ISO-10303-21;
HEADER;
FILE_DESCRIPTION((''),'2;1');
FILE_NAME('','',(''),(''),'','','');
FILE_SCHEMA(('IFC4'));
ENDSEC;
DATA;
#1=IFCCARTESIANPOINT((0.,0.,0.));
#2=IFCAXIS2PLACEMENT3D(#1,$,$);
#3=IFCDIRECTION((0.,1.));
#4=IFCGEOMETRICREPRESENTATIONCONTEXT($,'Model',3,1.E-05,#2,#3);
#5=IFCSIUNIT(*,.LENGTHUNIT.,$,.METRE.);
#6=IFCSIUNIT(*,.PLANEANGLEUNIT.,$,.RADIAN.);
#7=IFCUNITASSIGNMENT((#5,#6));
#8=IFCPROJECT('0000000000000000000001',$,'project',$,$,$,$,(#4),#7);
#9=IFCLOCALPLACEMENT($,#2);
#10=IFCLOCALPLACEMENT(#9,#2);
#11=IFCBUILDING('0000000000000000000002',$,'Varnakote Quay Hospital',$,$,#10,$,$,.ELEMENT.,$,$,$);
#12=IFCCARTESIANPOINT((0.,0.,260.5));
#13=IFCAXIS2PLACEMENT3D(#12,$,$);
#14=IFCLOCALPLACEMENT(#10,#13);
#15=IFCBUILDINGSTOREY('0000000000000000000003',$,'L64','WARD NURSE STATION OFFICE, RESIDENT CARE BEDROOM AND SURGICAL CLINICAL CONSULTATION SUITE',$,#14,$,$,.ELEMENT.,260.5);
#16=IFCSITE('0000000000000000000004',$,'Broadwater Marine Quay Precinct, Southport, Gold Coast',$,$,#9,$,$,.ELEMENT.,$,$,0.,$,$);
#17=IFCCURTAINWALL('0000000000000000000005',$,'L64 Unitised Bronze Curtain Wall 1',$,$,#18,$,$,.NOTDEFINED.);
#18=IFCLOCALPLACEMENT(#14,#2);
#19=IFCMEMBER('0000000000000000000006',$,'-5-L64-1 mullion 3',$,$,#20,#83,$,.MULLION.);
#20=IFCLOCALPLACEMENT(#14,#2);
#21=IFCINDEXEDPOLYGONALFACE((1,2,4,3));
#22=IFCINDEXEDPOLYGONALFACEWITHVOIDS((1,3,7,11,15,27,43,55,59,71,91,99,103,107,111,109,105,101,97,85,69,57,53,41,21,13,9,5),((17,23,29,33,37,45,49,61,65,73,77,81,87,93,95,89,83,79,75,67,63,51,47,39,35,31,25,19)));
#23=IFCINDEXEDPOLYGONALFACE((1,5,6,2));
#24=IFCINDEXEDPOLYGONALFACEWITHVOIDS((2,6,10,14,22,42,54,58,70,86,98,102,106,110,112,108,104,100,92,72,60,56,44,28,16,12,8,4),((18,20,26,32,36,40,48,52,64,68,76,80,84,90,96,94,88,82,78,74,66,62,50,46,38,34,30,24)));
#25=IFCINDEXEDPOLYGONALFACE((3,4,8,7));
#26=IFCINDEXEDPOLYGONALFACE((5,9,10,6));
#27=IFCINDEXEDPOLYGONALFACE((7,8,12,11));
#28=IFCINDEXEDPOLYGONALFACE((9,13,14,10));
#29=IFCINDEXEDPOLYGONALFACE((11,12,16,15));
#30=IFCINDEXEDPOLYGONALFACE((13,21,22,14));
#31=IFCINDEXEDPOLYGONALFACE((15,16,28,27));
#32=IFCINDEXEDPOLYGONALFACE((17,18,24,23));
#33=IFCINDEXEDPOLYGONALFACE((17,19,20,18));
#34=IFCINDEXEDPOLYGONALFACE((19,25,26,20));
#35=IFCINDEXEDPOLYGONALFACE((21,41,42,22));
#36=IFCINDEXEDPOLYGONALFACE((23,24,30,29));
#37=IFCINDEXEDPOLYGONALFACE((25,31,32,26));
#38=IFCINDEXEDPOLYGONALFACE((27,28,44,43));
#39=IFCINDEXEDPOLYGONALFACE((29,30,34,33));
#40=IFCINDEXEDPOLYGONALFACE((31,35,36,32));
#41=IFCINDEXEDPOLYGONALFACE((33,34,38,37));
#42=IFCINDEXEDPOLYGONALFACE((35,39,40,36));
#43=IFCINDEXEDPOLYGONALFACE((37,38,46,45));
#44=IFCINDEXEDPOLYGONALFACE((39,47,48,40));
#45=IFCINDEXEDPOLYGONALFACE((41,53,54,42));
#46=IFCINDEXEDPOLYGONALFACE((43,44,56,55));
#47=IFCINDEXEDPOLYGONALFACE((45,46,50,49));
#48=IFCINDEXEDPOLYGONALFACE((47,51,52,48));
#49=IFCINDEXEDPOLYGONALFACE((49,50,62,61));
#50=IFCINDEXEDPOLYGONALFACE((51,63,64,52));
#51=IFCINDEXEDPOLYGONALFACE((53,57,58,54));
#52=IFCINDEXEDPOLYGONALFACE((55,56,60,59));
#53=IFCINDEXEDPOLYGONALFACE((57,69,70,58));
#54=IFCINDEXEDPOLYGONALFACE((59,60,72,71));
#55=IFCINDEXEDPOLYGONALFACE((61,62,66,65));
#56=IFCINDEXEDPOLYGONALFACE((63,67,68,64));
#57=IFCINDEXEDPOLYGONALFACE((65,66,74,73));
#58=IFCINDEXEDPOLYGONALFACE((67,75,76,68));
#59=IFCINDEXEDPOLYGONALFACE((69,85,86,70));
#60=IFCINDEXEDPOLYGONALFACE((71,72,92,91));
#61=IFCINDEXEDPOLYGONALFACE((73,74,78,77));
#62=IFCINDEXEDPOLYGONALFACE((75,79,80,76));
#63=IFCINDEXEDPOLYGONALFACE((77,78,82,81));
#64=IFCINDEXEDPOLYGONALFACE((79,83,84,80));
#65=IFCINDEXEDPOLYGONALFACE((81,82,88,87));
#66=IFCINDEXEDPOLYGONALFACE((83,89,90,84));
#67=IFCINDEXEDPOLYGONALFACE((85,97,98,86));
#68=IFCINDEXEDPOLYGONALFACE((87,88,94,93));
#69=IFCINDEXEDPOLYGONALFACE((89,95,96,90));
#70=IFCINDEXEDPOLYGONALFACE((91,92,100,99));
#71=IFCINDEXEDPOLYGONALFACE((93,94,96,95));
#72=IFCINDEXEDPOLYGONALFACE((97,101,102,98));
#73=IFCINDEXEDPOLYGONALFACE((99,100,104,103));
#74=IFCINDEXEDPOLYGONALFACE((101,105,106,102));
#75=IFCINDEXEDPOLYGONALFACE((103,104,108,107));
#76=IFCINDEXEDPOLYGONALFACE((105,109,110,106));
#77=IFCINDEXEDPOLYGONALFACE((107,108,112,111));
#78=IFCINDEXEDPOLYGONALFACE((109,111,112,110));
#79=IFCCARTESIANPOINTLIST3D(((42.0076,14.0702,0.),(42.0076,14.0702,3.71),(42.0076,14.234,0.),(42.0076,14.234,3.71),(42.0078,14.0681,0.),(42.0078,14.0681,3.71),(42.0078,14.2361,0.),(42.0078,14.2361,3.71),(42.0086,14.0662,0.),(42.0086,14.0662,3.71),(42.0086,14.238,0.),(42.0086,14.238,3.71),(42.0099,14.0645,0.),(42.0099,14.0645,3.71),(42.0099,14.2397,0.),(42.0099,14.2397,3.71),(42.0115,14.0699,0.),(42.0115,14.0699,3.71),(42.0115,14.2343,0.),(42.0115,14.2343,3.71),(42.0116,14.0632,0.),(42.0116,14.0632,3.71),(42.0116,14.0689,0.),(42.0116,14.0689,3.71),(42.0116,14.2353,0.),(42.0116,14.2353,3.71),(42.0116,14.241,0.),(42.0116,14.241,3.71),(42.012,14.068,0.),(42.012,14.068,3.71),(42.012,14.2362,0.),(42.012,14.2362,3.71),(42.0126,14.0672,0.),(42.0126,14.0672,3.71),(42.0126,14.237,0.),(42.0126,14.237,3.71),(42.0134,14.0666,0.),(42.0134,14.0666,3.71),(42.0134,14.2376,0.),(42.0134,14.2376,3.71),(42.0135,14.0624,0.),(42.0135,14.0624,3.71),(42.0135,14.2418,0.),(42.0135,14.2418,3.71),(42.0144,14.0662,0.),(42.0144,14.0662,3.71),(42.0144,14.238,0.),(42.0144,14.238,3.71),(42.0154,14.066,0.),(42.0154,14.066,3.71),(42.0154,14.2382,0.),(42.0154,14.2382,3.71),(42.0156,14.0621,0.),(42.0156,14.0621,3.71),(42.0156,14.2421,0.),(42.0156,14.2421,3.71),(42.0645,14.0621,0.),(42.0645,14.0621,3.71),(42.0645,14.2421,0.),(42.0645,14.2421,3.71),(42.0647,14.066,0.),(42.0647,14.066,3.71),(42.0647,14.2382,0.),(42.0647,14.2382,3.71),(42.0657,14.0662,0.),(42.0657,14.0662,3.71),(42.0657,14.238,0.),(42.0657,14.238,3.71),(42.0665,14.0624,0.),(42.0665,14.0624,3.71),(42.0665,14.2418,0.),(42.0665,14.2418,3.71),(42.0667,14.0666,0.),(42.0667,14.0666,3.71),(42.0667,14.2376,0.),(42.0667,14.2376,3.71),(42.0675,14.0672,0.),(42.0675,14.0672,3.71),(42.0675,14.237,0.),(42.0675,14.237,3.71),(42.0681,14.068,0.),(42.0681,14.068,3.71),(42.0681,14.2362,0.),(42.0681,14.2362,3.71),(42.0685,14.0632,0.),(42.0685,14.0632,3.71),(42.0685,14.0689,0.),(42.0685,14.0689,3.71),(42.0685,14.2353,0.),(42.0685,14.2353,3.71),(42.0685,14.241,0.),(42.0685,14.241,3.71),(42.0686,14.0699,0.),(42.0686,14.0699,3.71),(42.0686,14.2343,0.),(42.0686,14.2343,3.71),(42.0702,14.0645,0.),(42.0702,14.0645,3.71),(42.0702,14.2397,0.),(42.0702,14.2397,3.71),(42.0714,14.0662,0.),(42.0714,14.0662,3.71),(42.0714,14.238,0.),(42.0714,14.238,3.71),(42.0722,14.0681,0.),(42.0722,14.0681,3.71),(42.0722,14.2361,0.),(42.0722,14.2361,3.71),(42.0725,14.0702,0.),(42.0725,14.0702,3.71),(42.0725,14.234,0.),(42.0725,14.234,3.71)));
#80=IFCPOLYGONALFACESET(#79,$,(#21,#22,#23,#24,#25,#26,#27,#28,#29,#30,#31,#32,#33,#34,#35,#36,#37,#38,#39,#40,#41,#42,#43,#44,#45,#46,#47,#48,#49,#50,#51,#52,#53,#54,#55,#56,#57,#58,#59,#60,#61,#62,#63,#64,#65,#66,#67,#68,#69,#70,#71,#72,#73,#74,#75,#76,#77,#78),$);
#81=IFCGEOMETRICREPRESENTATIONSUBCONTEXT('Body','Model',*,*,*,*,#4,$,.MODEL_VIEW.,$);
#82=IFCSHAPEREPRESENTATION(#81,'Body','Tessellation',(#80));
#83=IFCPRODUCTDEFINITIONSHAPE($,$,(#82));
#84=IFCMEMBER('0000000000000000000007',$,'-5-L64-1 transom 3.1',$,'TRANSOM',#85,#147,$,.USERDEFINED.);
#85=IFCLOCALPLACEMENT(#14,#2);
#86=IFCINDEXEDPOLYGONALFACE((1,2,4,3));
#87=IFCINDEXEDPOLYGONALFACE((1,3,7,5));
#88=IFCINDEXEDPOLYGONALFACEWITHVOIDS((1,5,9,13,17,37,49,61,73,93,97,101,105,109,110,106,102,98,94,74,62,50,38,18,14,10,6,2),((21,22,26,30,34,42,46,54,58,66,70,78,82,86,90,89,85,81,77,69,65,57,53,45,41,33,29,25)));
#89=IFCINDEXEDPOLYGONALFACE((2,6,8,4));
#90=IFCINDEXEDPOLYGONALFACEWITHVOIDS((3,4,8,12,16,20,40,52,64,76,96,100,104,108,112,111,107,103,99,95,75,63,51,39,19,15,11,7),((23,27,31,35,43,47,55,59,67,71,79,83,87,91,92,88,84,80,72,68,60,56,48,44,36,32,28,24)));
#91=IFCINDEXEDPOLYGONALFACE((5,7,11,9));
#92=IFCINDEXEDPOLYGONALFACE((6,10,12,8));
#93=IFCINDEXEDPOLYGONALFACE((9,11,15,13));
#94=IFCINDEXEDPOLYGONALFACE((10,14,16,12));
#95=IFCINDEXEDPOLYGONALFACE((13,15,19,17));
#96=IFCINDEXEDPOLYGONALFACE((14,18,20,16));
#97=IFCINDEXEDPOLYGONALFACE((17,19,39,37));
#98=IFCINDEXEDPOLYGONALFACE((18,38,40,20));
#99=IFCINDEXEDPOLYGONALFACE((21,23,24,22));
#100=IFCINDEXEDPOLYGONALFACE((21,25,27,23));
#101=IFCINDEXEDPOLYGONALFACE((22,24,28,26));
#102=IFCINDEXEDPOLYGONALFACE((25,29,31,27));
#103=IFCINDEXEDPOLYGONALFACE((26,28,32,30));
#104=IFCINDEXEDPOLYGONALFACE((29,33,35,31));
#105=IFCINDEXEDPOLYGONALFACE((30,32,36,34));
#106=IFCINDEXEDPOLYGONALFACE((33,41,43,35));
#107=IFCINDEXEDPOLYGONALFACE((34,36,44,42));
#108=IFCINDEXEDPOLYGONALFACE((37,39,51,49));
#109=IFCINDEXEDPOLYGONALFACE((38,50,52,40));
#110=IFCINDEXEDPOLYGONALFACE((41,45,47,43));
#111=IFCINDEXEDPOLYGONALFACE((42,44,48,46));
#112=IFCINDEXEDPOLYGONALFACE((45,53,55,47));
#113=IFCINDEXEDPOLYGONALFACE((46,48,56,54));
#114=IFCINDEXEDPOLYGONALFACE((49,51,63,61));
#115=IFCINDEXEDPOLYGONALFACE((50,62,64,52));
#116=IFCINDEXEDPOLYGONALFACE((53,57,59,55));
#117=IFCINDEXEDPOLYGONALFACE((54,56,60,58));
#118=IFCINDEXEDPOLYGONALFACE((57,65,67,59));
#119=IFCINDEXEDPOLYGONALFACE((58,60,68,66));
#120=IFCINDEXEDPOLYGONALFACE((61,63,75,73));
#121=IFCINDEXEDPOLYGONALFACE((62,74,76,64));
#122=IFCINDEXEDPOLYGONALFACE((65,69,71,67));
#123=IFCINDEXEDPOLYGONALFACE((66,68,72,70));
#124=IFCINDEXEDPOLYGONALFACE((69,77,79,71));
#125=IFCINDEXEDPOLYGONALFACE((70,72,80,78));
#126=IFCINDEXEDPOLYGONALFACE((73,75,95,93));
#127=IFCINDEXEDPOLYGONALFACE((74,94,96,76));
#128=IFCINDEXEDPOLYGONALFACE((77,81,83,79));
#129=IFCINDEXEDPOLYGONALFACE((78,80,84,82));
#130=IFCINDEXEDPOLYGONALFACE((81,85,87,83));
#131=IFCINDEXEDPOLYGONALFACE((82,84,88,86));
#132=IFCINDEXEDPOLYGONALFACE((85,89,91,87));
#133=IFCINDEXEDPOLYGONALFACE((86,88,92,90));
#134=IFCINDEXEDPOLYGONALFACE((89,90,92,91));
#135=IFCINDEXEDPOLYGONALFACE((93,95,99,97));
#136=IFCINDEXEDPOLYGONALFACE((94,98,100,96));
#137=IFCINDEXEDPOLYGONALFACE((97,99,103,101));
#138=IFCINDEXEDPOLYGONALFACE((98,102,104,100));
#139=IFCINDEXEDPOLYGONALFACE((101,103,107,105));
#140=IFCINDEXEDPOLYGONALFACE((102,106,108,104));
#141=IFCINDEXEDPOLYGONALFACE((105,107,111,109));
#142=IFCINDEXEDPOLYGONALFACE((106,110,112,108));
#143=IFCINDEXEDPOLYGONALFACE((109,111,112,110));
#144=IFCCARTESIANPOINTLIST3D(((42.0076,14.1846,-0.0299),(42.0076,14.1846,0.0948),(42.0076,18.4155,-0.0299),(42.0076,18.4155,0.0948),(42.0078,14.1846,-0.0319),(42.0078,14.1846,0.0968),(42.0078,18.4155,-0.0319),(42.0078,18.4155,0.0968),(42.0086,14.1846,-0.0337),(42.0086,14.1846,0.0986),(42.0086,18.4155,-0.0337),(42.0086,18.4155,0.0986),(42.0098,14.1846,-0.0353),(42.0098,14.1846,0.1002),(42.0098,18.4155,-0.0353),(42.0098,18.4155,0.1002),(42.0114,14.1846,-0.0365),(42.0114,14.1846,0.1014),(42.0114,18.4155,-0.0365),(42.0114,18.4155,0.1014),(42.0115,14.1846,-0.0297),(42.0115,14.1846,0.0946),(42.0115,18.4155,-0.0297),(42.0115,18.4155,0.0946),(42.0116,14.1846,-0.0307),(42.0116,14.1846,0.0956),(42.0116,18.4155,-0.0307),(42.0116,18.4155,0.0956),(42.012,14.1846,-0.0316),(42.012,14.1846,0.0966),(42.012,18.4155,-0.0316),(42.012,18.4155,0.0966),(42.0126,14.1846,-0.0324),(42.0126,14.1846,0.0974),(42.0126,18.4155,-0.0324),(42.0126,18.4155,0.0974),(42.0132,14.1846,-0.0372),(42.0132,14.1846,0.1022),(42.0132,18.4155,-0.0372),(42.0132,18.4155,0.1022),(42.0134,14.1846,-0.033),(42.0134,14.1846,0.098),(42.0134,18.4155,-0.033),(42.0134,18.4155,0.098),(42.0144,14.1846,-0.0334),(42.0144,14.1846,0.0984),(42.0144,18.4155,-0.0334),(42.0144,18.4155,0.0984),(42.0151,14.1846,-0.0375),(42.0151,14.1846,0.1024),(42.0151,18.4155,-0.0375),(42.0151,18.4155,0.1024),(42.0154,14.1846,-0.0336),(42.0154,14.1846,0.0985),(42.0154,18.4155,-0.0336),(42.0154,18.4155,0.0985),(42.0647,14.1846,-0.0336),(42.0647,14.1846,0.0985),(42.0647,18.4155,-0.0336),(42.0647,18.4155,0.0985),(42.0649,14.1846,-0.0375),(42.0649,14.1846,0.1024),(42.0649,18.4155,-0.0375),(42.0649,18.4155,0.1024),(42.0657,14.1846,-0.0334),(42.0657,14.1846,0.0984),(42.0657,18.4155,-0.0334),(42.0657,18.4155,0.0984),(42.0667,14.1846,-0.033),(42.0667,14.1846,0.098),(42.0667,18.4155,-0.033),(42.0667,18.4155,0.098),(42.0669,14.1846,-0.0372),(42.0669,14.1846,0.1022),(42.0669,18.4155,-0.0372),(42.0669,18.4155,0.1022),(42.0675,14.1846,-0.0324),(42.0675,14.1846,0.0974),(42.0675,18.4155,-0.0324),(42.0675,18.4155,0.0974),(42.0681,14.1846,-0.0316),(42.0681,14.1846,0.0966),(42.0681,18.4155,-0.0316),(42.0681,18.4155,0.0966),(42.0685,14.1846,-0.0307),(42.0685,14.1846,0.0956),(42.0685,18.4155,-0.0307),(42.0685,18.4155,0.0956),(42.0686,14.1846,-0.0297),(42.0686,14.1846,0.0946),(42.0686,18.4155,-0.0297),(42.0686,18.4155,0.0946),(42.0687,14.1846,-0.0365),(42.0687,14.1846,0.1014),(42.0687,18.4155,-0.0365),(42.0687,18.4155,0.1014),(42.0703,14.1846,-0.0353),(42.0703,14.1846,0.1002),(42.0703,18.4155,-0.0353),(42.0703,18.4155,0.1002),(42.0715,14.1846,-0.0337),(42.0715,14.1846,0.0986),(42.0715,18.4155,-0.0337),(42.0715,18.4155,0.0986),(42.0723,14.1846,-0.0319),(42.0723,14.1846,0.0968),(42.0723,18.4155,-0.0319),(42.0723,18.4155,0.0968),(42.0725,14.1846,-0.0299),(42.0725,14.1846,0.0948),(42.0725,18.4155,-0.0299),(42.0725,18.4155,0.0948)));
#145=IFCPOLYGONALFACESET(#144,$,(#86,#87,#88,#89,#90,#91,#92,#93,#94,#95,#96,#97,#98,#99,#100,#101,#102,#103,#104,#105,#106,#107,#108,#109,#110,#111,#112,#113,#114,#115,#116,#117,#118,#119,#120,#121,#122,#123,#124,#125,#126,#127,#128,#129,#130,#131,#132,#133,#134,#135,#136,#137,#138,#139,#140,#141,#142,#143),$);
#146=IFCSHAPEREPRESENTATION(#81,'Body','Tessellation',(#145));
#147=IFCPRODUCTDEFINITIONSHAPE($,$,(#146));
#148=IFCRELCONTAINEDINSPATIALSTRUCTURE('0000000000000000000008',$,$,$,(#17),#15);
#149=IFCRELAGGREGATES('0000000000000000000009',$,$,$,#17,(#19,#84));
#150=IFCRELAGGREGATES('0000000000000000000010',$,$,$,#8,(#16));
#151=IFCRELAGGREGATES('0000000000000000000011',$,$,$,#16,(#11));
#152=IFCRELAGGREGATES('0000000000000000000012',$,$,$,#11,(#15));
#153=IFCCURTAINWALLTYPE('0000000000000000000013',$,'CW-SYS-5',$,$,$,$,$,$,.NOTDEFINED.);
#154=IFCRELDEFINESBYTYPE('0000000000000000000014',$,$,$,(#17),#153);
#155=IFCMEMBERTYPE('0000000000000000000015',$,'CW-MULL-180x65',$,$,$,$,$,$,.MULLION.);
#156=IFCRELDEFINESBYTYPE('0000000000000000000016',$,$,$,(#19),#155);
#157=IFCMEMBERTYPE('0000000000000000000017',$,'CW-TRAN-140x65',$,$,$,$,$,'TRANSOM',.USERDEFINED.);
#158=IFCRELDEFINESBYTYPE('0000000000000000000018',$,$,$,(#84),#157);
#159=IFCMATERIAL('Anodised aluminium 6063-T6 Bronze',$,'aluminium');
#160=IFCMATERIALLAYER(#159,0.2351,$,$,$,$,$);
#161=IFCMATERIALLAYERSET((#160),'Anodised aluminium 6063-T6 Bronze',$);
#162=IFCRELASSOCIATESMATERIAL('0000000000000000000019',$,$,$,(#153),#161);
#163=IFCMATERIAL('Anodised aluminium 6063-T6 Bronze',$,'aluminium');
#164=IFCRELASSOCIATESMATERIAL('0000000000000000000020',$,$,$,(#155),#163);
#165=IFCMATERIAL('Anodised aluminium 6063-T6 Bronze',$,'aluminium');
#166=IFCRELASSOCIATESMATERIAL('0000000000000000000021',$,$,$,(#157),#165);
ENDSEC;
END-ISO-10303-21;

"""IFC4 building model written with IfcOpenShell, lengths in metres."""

from ifc_helpers import new_model, si_unit, direction, frame, origin, origin_2d, place, context, subcontext, project, spatial, hollow_rectangle, extrude, material, layer, layer_set, material_profile, profile_set, type_object, element, aggregate, save


model = new_model("IFC4")

# Units and contexts
model_context = context("Model", 3, precision=1e-05, world=origin(), true_north=direction((0.0, 1.0)))
body_context = subcontext(model_context, "Body", "Model", "MODEL_VIEW")
ifc_project = project(units=[si_unit("LENGTHUNIT", "METRE"), si_unit("PLANEANGLEUNIT", "RADIAN")], contexts=[model_context])

# Site, building, storey
site_placement = place(None, origin())
site = spatial("IfcSite", under=ifc_project, at=site_placement, Name="Broadwater Marine Quay Precinct, Southport, Gold Coast", CompositionType="ELEMENT", RefElevation=0.0)
building_placement = place(site_placement, origin())
building = spatial("IfcBuilding", under=site, at=building_placement, Name="Varnakote Quay Hospital", CompositionType="ELEMENT")
storey_placement = place(building_placement, frame((0.0, 0.0, 260.5)))
storey = spatial("IfcBuildingStorey", under=building, at=storey_placement, Name="L64", Description="WARD NURSE STATION OFFICE, RESIDENT CARE BEDROOM AND SURGICAL CLINICAL CONSULTATION SUITE", CompositionType="ELEMENT", Elevation=260.5)

# Curtain wall, members
ifc_material_1 = material(Name="Anodised aluminium 6063-T6 Bronze", Category="aluminium")
ifc_layer_1 = layer(ifc_material_1, 0.2351)
ifc_layer_set_1 = layer_set([ifc_layer_1], Name="Anodised aluminium 6063-T6 Bronze")
curtain_wall_type = type_object("IfcCurtainWallType", Name="CW-SYS-5", PredefinedType="NOTDEFINED", material=ifc_layer_set_1)
curtain_wall_placement = place(storey_placement, origin())
curtain_wall = element("IfcCurtainWall", 1, at=curtain_wall_placement, inside=storey, type_object=curtain_wall_type, Name="L64 Unitised Bronze Curtain Wall 1", PredefinedType="NOTDEFINED")
ifc_material_2 = material(Name="Anodised aluminium 6063-T6 Bronze", Category="aluminium")
ifc_material_profile_1 = material_profile(ifc_material_2, hollow_rectangle(XDim=0.0649, YDim=0.1799, WallThickness=0.0039, InnerFilletRadius=0.0039, OuterFilletRadius=0.0081, at=origin_2d()), Name="CW-MULL-180x65")
ifc_profile_set_1 = profile_set([ifc_material_profile_1], Name="Anodised aluminium 6063-T6 Bronze")
member_type_1 = type_object("IfcMemberType", Name="CW-MULL-180x65", PredefinedType="MULLION", material=ifc_profile_set_1)
member_1_placement = place(storey_placement, frame((42.04, 14.1521, 0.0), z_axis=(0.0, 0.0, 1.0), x_axis=(-1.0, 0.0, 0.0)))
member_1 = element("IfcMember", 2, at=member_1_placement, type_object=member_type_1, Name="-5-L64-1 mullion 3", PredefinedType="MULLION", context=body_context, shape_type="SweptSolid", body=[
    extrude(hollow_rectangle(XDim=0.0649, YDim=0.1799, WallThickness=0.0039, InnerFilletRadius=0.0039, OuterFilletRadius=0.0081, at=origin_2d()), origin(), (0.0, 0.0, 1.0), 3.71),
])
ifc_material_3 = material(Name="Anodised aluminium 6063-T6 Bronze", Category="aluminium")
ifc_material_profile_2 = material_profile(ifc_material_3, hollow_rectangle(XDim=0.0649, YDim=0.1399, WallThickness=0.0039, InnerFilletRadius=0.0039, OuterFilletRadius=0.0076, at=origin_2d()), Name="CW-TRAN-140x65")
ifc_profile_set_2 = profile_set([ifc_material_profile_2], Name="Anodised aluminium 6063-T6 Bronze")
member_type_2 = type_object("IfcMemberType", Name="CW-TRAN-140x65", ElementType="TRANSOM", PredefinedType="USERDEFINED", material=ifc_profile_set_2)
member_2_placement = place(storey_placement, frame((42.04, 14.1846, 0.0325), z_axis=(0.0, 1.0, 0.0), x_axis=(-1.0, 0.0, 0.0)))
member_2 = element("IfcMember", 3, at=member_2_placement, type_object=member_type_2, Name="-5-L64-1 transom 3.1", ObjectType="TRANSOM", PredefinedType="USERDEFINED", context=body_context, shape_type="SweptSolid", body=[
    extrude(hollow_rectangle(XDim=0.0649, YDim=0.1399, WallThickness=0.0039, InnerFilletRadius=0.0039, OuterFilletRadius=0.0076, at=origin_2d()), origin(), (0.0, 0.0, 1.0), 4.231),
])
aggregate(curtain_wall, [member_1, member_2])

save(model, "model.ifc")
